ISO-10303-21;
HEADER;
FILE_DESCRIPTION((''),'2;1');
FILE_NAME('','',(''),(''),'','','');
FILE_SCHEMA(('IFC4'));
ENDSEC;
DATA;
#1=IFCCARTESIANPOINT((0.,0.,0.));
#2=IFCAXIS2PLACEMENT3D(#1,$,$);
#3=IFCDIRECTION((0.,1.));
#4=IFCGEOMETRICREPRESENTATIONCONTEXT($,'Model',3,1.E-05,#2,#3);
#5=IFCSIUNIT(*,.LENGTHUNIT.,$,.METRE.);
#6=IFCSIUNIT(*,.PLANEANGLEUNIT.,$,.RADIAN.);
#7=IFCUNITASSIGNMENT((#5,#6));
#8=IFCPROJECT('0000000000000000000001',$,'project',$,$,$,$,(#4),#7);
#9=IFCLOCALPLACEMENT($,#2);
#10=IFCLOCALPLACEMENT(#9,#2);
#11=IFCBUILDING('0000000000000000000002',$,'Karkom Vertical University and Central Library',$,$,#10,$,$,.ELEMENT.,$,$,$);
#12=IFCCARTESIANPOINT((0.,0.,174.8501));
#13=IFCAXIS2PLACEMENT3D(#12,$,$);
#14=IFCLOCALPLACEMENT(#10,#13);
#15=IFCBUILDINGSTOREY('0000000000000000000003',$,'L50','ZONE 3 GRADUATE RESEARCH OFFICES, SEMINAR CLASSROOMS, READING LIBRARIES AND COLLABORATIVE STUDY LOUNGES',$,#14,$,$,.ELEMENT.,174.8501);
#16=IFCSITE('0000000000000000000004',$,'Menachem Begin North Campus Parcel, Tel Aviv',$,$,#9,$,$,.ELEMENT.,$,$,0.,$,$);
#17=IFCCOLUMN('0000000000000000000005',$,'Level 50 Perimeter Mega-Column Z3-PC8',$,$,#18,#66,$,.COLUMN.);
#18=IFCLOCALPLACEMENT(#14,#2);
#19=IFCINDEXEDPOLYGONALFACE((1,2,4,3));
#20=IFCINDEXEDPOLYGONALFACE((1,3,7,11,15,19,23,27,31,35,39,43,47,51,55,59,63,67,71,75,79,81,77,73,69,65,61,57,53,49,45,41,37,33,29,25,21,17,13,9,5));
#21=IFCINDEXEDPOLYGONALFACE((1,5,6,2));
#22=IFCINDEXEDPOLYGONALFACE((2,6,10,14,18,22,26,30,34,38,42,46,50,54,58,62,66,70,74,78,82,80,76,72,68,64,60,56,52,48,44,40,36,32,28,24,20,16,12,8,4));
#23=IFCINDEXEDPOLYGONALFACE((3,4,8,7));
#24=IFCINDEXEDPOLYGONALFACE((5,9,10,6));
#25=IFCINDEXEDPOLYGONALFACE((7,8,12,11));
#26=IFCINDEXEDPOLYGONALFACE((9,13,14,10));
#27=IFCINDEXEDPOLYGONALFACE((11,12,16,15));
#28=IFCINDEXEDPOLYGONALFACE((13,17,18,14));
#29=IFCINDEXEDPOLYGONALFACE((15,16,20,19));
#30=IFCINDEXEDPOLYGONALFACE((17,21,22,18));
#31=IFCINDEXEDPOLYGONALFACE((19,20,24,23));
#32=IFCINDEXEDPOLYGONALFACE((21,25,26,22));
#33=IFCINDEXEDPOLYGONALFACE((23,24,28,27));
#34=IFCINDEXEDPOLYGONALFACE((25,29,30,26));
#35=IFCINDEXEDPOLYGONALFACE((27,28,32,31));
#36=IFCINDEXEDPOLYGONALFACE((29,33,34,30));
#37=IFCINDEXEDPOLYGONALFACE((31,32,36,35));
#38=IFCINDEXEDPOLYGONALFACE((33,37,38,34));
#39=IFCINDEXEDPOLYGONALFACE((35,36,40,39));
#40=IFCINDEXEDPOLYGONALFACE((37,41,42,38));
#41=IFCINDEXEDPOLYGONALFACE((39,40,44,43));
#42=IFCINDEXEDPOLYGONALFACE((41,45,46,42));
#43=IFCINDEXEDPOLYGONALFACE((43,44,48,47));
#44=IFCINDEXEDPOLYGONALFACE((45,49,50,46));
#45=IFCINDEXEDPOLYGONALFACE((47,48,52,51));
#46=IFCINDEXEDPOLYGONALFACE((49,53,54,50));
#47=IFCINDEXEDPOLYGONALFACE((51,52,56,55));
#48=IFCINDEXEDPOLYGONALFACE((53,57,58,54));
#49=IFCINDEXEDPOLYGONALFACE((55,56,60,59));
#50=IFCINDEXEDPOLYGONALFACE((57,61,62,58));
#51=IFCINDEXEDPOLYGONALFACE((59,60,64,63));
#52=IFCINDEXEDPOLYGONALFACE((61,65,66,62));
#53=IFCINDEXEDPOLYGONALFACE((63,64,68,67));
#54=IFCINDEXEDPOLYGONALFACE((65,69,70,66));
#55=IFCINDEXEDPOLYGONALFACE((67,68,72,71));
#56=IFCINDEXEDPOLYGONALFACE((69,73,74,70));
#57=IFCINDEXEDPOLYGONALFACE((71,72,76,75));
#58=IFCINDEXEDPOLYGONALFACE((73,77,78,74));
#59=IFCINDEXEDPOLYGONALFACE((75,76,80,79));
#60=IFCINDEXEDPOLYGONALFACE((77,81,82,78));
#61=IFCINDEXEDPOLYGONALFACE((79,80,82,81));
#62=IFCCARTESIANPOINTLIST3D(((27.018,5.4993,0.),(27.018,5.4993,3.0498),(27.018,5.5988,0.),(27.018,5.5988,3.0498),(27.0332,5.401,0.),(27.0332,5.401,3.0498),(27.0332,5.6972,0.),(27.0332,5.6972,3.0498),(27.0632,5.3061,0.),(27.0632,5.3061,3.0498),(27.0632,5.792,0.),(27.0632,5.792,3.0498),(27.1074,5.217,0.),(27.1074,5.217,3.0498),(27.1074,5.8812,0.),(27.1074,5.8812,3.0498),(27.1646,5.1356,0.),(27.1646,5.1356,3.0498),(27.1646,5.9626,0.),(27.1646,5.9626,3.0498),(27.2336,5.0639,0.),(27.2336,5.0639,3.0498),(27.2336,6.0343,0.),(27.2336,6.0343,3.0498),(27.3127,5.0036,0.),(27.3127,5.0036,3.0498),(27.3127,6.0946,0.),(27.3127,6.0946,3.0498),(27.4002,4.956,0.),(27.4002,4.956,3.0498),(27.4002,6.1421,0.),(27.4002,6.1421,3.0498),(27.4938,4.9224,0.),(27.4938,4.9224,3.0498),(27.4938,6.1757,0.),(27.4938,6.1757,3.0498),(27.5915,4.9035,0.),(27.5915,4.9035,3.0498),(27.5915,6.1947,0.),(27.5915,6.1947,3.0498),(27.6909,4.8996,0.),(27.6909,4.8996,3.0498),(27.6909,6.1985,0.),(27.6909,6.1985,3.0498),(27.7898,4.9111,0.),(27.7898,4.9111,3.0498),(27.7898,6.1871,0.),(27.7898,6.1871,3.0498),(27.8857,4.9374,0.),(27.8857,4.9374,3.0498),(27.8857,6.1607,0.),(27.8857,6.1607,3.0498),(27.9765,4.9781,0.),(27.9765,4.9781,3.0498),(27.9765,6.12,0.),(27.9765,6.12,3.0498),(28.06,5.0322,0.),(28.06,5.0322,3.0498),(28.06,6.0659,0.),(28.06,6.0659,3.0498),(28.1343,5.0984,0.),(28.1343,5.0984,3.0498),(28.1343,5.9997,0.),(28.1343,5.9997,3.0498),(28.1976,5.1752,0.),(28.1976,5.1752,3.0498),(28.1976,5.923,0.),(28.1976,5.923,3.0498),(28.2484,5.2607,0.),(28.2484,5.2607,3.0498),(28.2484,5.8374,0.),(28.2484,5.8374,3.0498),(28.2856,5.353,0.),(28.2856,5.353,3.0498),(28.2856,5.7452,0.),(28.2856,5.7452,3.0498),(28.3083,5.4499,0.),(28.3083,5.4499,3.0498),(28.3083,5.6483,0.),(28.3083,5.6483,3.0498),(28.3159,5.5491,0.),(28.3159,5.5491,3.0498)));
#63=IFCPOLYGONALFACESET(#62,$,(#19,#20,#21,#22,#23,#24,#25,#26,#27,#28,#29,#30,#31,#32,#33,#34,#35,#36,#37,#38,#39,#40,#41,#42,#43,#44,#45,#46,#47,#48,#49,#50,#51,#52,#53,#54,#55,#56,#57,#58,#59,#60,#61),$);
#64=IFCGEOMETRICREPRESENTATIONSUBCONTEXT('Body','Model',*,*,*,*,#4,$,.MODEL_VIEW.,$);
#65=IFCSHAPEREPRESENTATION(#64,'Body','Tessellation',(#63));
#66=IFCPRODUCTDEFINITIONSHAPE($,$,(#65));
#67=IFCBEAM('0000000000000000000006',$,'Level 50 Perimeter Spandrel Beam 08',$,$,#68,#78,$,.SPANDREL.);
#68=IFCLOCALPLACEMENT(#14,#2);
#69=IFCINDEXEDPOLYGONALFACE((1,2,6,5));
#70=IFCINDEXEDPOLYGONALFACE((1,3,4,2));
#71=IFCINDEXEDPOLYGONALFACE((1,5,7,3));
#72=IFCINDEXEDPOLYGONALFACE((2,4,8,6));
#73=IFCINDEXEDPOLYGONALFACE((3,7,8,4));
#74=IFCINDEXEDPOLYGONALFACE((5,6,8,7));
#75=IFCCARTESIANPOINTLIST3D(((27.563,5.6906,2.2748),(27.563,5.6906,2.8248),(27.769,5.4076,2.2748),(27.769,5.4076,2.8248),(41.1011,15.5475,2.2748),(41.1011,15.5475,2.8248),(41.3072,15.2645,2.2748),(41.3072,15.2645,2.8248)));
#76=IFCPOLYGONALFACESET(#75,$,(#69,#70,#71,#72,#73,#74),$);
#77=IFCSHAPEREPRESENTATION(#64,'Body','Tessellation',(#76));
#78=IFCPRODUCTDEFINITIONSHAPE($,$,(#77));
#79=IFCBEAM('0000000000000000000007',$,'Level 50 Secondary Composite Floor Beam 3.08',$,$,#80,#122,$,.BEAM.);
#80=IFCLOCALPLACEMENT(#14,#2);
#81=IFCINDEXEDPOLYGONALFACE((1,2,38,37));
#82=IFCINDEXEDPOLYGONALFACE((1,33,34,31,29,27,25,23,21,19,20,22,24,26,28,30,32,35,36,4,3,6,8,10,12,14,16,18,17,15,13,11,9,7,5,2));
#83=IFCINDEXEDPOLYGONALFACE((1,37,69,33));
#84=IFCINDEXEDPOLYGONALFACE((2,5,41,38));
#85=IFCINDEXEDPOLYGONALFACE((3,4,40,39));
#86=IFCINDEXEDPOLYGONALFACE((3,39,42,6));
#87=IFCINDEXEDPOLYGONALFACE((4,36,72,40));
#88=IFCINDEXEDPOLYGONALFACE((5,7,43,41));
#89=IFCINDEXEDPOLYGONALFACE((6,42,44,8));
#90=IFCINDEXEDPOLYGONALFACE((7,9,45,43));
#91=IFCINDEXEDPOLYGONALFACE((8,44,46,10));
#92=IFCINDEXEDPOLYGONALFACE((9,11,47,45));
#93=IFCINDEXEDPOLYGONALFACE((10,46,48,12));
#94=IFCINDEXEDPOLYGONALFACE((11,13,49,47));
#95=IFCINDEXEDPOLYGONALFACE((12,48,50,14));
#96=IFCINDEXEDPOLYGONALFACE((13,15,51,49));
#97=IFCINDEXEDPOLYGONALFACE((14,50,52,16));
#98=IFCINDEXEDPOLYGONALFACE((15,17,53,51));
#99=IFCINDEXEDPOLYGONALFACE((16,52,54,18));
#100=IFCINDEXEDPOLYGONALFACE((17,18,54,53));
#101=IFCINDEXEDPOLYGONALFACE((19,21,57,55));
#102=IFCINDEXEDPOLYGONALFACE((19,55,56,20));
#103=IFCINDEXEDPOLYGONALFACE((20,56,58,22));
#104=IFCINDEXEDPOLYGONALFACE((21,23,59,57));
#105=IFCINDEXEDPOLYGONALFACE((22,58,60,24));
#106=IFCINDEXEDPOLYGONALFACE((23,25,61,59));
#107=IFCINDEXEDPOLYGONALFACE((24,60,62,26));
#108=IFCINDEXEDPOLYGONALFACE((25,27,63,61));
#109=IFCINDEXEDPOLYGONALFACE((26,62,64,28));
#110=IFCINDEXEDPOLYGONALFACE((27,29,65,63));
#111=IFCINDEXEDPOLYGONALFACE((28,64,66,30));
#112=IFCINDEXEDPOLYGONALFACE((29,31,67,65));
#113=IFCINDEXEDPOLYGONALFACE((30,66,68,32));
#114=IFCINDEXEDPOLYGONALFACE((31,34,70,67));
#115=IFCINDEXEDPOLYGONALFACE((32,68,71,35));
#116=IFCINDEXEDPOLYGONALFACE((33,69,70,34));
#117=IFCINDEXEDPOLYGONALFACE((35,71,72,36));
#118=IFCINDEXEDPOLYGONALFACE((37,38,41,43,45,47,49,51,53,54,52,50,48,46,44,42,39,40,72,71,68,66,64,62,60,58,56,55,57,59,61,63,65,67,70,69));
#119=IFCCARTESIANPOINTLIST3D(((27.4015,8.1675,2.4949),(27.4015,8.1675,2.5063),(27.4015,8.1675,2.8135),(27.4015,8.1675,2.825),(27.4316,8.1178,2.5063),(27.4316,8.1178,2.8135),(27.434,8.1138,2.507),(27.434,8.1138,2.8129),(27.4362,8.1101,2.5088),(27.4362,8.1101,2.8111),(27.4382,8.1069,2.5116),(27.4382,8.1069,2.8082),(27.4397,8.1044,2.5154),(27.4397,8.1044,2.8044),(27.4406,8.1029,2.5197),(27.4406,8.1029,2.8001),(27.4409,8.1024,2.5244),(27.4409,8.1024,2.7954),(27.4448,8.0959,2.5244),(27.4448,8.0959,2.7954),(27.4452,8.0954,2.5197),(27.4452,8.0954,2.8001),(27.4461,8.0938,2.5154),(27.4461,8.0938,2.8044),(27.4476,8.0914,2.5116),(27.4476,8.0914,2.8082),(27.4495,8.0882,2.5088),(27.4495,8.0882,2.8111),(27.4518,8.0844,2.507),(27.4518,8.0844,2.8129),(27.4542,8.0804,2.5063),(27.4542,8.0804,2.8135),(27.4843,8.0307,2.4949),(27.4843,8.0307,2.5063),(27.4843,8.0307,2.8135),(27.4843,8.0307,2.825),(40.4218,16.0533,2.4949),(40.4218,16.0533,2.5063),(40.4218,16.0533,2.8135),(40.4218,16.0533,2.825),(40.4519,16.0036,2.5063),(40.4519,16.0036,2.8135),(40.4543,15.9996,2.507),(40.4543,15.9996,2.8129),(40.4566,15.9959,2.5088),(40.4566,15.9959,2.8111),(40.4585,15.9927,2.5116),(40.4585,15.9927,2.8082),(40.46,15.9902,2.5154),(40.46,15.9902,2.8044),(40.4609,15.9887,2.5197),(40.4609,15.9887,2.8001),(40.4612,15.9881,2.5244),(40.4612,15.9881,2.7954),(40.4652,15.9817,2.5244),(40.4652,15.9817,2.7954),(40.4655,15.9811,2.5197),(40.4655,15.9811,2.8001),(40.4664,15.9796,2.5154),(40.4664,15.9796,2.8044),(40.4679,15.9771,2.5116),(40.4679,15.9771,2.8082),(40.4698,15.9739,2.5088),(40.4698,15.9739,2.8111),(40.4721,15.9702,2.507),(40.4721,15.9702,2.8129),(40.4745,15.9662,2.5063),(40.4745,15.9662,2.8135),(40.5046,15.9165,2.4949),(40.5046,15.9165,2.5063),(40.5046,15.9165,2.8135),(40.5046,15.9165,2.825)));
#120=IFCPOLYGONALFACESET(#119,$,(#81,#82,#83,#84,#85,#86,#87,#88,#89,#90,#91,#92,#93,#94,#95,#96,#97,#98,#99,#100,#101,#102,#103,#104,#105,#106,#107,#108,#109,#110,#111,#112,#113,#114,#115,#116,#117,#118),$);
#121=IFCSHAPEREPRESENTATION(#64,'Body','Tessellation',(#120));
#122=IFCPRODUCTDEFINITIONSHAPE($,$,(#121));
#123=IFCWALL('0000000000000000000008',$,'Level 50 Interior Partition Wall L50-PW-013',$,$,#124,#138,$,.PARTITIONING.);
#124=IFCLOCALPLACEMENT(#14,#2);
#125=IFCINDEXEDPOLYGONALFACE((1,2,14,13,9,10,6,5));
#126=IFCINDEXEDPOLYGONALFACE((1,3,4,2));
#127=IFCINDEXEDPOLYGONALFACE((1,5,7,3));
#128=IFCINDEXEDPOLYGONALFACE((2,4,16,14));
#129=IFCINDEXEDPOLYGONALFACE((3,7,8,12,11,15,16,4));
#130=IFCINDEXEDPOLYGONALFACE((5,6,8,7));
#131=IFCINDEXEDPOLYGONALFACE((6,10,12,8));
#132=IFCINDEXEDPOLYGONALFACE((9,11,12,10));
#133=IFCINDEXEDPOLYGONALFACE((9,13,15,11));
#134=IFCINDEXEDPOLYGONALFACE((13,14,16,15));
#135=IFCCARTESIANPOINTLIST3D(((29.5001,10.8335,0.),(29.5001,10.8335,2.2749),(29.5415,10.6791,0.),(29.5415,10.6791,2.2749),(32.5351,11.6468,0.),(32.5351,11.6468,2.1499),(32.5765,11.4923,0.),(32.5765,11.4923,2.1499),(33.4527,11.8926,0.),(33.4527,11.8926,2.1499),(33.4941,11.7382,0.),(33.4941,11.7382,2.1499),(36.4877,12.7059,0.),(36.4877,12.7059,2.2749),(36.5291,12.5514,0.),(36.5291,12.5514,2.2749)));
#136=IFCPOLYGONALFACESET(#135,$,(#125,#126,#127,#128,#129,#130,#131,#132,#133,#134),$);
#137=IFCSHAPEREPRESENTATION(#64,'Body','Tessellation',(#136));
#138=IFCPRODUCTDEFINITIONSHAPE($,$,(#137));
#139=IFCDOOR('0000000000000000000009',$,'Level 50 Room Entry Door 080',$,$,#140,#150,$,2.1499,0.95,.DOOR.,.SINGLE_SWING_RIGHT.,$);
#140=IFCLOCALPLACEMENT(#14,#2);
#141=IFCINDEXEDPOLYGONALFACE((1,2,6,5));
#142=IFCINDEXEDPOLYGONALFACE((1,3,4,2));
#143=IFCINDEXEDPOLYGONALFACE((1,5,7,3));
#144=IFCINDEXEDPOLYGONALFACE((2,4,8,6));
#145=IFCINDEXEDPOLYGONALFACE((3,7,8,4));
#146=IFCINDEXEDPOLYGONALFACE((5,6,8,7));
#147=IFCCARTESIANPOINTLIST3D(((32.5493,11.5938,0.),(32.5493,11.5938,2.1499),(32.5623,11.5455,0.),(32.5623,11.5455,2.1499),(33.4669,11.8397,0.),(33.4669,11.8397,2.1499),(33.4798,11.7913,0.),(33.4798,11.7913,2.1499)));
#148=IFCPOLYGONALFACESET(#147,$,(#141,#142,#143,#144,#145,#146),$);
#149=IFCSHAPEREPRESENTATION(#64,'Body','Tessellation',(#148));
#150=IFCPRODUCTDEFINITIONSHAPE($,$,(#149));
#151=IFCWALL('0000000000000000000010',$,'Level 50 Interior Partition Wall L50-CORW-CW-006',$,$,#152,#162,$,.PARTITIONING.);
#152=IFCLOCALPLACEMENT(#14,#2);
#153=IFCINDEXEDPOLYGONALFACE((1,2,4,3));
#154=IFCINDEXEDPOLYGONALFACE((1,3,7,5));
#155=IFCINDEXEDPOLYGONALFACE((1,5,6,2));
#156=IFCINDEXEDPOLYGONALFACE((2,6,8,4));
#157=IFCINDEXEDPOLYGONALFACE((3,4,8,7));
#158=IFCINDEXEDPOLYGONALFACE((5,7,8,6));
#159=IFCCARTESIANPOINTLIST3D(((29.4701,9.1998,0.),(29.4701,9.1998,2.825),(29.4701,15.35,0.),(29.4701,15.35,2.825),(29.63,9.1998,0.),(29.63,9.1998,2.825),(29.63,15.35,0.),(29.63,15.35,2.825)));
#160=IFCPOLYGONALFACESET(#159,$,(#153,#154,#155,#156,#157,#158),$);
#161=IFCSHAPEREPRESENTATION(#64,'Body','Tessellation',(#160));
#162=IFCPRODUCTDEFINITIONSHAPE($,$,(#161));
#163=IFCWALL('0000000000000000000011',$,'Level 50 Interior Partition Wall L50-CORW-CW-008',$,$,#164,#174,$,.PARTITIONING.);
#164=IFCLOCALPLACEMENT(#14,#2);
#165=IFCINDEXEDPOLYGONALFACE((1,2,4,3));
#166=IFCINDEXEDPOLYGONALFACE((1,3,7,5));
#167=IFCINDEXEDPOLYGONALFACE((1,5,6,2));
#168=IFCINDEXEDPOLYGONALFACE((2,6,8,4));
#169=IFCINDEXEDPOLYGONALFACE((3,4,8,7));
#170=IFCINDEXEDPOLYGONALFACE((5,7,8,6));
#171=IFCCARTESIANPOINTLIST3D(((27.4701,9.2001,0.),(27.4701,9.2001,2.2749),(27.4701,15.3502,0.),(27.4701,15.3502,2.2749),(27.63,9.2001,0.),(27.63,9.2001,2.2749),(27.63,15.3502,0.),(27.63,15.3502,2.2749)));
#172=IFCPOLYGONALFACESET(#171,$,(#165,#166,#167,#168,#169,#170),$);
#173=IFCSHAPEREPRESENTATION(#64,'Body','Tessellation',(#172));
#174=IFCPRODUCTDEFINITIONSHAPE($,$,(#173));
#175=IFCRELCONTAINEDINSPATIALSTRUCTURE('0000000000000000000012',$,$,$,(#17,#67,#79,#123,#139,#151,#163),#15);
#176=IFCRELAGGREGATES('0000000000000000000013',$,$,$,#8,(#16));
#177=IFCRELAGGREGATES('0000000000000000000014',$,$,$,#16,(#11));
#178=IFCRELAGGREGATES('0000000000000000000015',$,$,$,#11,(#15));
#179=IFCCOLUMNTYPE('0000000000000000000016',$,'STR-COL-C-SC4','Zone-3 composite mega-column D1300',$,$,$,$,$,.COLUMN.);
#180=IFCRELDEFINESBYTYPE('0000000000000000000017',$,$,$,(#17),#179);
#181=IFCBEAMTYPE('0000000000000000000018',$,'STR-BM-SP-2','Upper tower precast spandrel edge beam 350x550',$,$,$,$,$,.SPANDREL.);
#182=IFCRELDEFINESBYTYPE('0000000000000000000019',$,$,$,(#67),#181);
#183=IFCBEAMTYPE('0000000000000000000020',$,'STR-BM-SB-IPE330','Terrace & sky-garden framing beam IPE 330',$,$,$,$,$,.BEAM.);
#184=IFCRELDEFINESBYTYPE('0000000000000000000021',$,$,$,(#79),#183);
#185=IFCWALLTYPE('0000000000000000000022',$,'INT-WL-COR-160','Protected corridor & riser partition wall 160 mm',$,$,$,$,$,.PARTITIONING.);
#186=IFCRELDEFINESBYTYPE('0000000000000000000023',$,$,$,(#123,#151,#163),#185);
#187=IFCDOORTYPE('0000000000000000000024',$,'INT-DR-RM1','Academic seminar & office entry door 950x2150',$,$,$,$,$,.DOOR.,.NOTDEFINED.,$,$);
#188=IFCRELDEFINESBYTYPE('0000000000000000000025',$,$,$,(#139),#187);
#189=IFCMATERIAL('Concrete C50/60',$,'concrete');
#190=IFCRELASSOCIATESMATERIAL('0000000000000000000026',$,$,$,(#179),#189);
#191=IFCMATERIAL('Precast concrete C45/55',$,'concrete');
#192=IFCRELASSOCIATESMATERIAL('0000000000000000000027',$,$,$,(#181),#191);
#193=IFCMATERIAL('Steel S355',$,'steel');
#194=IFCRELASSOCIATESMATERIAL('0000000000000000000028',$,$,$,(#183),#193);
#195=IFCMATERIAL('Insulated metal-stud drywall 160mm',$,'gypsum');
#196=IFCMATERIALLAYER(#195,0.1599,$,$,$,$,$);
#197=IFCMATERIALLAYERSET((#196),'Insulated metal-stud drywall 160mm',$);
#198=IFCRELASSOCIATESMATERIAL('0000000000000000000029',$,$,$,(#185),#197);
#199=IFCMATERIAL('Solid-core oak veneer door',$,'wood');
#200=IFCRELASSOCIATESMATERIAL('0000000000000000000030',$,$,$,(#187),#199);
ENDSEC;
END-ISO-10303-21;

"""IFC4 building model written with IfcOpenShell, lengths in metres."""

from ifc_helpers import new_model, si_unit, direction, frame, frame_2d, origin, origin_with_axes, origin_2d, place, context, subcontext, project, spatial, rectangle, circle, i_section, extrude, source, transform, mapped, material, layer, layer_set, material_profile, profile_set, type_object, element, fill, save


model = new_model("IFC4")

# Units and contexts
model_context = context("Model", 3, precision=1e-05, world=origin(), true_north=direction((0.0, 1.0)))
body_context = subcontext(model_context, "Body", "Model", "MODEL_VIEW")
ifc_project = project(units=[si_unit("LENGTHUNIT", "METRE"), si_unit("PLANEANGLEUNIT", "RADIAN")], contexts=[model_context])

# Site, building, storey
site_placement = place(None, origin())
site = spatial("IfcSite", under=ifc_project, at=site_placement, Name="Menachem Begin North Campus Parcel, Tel Aviv", CompositionType="ELEMENT", RefElevation=0.0)
building_placement = place(site_placement, origin())
building = spatial("IfcBuilding", under=site, at=building_placement, Name="Karkom Vertical University and Central Library", CompositionType="ELEMENT")
storey_placement = place(building_placement, frame((0.0, 0.0, 174.8501)))
storey = spatial("IfcBuildingStorey", under=building, at=storey_placement, Name="L50", Description="ZONE 3 GRADUATE RESEARCH OFFICES, SEMINAR CLASSROOMS, READING LIBRARIES AND COLLABORATIVE STUDY LOUNGES", CompositionType="ELEMENT", Elevation=174.8501)

# Column
ifc_material_1 = material(Name="Concrete C50/60", Category="concrete")
ifc_material_profile_1 = material_profile(ifc_material_1, circle(Radius=0.6499, at=origin_2d()), Name="CFT-D1300")
ifc_profile_set_1 = profile_set([ifc_material_profile_1], Name="Concrete C50/60")
column_type = type_object("IfcColumnType", Name="STR-COL-C-SC4", Description="Zone-3 composite mega-column D1300", PredefinedType="COLUMN", material=ifc_profile_set_1)
shared_shape_1 = source(origin_with_axes(), body_context, "Body", "SweptSolid", [
    extrude(circle(Radius=0.6499, at=origin_2d()), origin(), (0.0, 0.0, 1.0), 3.0498),
])
column_placement = place(storey_placement, frame((27.666, 5.5491, 0.0), z_axis=(0.0, 0.0, 1.0), x_axis=(1.0, 0.0, 0.0)))
element("IfcColumn", 1, at=column_placement, inside=storey, type_object=column_type, Name="Level 50 Perimeter Mega-Column Z3-PC8", PredefinedType="COLUMN", context=body_context, shape_type="MappedRepresentation", body=[
    mapped(shared_shape_1, transform((0.0, 0.0, 0.0), scale=1.0)),
])

# Beams
ifc_material_2 = material(Name="Precast concrete C45/55", Category="concrete")
ifc_material_profile_2 = material_profile(ifc_material_2, rectangle(XDim=0.3501, YDim=0.55, at=origin_2d()), Name="SPB-350x550")
ifc_profile_set_2 = profile_set([ifc_material_profile_2], Name="Precast concrete C45/55")
beam_type_1 = type_object("IfcBeamType", Name="STR-BM-SP-2", Description="Upper tower precast spandrel edge beam 350x550", PredefinedType="SPANDREL", material=ifc_profile_set_2)
shared_shape_2 = source(origin_with_axes(), body_context, "Body", "SweptSolid", [
    extrude(rectangle(XDim=0.3501, YDim=0.55, at=origin_2d()), origin(), (0.0, 0.0, 1.0), 16.7463),
])
beam_1_placement = place(storey_placement, frame((27.666, 5.5491, 2.5498), z_axis=(0.808422, 0.588603, 0.0), x_axis=(-0.588603, 0.808422, 0.0)))
element("IfcBeam", 2, at=beam_1_placement, inside=storey, type_object=beam_type_1, Name="Level 50 Perimeter Spandrel Beam 08", PredefinedType="SPANDREL", context=body_context, shape_type="MappedRepresentation", body=[
    mapped(shared_shape_2, transform((0.0, 0.0, 0.0), scale=1.0)),
])
ifc_material_3 = material(Name="Steel S355", Category="steel")
ifc_material_profile_3 = material_profile(ifc_material_3, i_section(OverallWidth=0.1599, OverallDepth=0.3301, WebThickness=0.0076, FlangeThickness=0.0115, FilletRadius=0.0181, at=origin_2d()), Name="IPE 330")
ifc_profile_set_3 = profile_set([ifc_material_profile_3], Name="Steel S355")
beam_type_2 = type_object("IfcBeamType", Name="STR-BM-SB-IPE330", Description="Terrace & sky-garden framing beam IPE 330", PredefinedType="BEAM", material=ifc_profile_set_3)
shared_shape_3 = source(origin_with_axes(), body_context, "Body", "SweptSolid", [
    extrude(i_section(OverallWidth=0.1599, OverallDepth=0.3301, WebThickness=0.0076, FlangeThickness=0.0115, FilletRadius=0.0181, at=origin_2d()), origin(), (0.0, 0.0, 1.0), 15.2222),
])
beam_2_placement = place(storey_placement, frame((27.4429, 8.0991, 2.6599), z_axis=(0.855353, 0.518046, 0.0), x_axis=(-0.518046, 0.855353, 0.0)))
element("IfcBeam", 3, at=beam_2_placement, inside=storey, type_object=beam_type_2, Name="Level 50 Secondary Composite Floor Beam 3.08", PredefinedType="BEAM", context=body_context, shape_type="MappedRepresentation", body=[
    mapped(shared_shape_3, transform((0.0, 0.0, 0.0), scale=1.0)),
])

# Shared definitions
ifc_material_4 = material(Name="Insulated metal-stud drywall 160mm", Category="gypsum")
ifc_layer_1 = layer(ifc_material_4, 0.1599)
ifc_layer_set_1 = layer_set([ifc_layer_1], Name="Insulated metal-stud drywall 160mm")
wall_type = type_object("IfcWallType", Name="INT-WL-COR-160", Description="Protected corridor & riser partition wall 160 mm", PredefinedType="PARTITIONING", material=ifc_layer_set_1)
ifc_material_5 = material(Name="Solid-core oak veneer door", Category="wood")
door_type = type_object("IfcDoorType", Name="INT-DR-RM1", Description="Academic seminar & office entry door 950x2150", OperationType="NOTDEFINED", PredefinedType="DOOR", material=ifc_material_5)
shared_shape_4 = source(origin_with_axes(), body_context, "Body", "SweptSolid", [
    extrude(rectangle(XDim=0.95, YDim=2.1499, at=frame_2d((0.4751, 1.075))), frame((0.0, 0.0249, 0.0), z_axis=(0.0, -1.0, 0.0), x_axis=(1.0, 0.0, 0.0)), (0.0, 0.0, 1.0), 0.05),
])

# Wall, opening, door
wall_1_placement = place(storey_placement, frame((36.5085, 12.6287, 0.0), z_axis=(0.0, 0.0, 1.0), x_axis=(-0.965926, -0.25882, 0.0)))
wall_1 = element("IfcWall", 4, at=wall_1_placement, inside=storey, type_object=wall_type, Name="Level 50 Interior Partition Wall L50-PW-013", PredefinedType="PARTITIONING", context=body_context, shape_type="SweptSolid", body=[
    extrude(rectangle(XDim=7.2341, YDim=0.1599, at=frame_2d((3.6172, 0.0))), origin(), (0.0, 0.0, 1.0), 2.2749),
])
opening_1_placement = place(wall_1_placement, frame((3.1421, 0.0, 0.0)))
opening_1 = element("IfcOpeningElement", 5, at=opening_1_placement, cuts=wall_1, PredefinedType="OPENING", context=body_context, shape_type="SweptSolid", body=[
    extrude(rectangle(XDim=0.95, YDim=2.1499, at=frame_2d((0.4751, 1.075))), frame((0.0, 0.0898, 0.0), z_axis=(0.0, -1.0, 0.0), x_axis=(1.0, 0.0, 0.0)), (0.0, 0.0, 1.0), 0.1799),
])
door_1_placement = place(opening_1_placement, origin())
door_1 = element("IfcDoor", 6, at=door_1_placement, inside=storey, type_object=door_type, Name="Level 50 Room Entry Door 080", OperationType="SINGLE_SWING_RIGHT", OverallHeight=2.1499, OverallWidth=0.95, PredefinedType="DOOR", context=body_context, shape_type="MappedRepresentation", body=[
    mapped(shared_shape_4, transform((0.0, 0.0, 0.0), scale=1.0)),
])
fill(opening_1, door_1)

# Walls
wall_2_placement = place(storey_placement, frame((29.55, 15.3501, 0.0), z_axis=(0.0, 0.0, 1.0), x_axis=(0.0, -1.0, 0.0)))
element("IfcWall", 7, at=wall_2_placement, inside=storey, type_object=wall_type, Name="Level 50 Interior Partition Wall L50-CORW-CW-006", PredefinedType="PARTITIONING", context=body_context, shape_type="SweptSolid", body=[
    extrude(rectangle(XDim=6.1501, YDim=0.1599, at=frame_2d((3.0752, 0.0))), origin(), (0.0, 0.0, 1.0), 2.825),
])
wall_3_placement = place(storey_placement, frame((27.55, 9.2, 0.0), z_axis=(0.0, 0.0, 1.0), x_axis=(0.0, 1.0, 0.0)))
element("IfcWall", 8, at=wall_3_placement, inside=storey, type_object=wall_type, Name="Level 50 Interior Partition Wall L50-CORW-CW-008", PredefinedType="PARTITIONING", context=body_context, shape_type="SweptSolid", body=[
    extrude(rectangle(XDim=6.1501, YDim=0.1599, at=frame_2d((3.0752, 0.0))), origin(), (0.0, 0.0, 1.0), 2.2749),
])

save(model, "model.ifc")
